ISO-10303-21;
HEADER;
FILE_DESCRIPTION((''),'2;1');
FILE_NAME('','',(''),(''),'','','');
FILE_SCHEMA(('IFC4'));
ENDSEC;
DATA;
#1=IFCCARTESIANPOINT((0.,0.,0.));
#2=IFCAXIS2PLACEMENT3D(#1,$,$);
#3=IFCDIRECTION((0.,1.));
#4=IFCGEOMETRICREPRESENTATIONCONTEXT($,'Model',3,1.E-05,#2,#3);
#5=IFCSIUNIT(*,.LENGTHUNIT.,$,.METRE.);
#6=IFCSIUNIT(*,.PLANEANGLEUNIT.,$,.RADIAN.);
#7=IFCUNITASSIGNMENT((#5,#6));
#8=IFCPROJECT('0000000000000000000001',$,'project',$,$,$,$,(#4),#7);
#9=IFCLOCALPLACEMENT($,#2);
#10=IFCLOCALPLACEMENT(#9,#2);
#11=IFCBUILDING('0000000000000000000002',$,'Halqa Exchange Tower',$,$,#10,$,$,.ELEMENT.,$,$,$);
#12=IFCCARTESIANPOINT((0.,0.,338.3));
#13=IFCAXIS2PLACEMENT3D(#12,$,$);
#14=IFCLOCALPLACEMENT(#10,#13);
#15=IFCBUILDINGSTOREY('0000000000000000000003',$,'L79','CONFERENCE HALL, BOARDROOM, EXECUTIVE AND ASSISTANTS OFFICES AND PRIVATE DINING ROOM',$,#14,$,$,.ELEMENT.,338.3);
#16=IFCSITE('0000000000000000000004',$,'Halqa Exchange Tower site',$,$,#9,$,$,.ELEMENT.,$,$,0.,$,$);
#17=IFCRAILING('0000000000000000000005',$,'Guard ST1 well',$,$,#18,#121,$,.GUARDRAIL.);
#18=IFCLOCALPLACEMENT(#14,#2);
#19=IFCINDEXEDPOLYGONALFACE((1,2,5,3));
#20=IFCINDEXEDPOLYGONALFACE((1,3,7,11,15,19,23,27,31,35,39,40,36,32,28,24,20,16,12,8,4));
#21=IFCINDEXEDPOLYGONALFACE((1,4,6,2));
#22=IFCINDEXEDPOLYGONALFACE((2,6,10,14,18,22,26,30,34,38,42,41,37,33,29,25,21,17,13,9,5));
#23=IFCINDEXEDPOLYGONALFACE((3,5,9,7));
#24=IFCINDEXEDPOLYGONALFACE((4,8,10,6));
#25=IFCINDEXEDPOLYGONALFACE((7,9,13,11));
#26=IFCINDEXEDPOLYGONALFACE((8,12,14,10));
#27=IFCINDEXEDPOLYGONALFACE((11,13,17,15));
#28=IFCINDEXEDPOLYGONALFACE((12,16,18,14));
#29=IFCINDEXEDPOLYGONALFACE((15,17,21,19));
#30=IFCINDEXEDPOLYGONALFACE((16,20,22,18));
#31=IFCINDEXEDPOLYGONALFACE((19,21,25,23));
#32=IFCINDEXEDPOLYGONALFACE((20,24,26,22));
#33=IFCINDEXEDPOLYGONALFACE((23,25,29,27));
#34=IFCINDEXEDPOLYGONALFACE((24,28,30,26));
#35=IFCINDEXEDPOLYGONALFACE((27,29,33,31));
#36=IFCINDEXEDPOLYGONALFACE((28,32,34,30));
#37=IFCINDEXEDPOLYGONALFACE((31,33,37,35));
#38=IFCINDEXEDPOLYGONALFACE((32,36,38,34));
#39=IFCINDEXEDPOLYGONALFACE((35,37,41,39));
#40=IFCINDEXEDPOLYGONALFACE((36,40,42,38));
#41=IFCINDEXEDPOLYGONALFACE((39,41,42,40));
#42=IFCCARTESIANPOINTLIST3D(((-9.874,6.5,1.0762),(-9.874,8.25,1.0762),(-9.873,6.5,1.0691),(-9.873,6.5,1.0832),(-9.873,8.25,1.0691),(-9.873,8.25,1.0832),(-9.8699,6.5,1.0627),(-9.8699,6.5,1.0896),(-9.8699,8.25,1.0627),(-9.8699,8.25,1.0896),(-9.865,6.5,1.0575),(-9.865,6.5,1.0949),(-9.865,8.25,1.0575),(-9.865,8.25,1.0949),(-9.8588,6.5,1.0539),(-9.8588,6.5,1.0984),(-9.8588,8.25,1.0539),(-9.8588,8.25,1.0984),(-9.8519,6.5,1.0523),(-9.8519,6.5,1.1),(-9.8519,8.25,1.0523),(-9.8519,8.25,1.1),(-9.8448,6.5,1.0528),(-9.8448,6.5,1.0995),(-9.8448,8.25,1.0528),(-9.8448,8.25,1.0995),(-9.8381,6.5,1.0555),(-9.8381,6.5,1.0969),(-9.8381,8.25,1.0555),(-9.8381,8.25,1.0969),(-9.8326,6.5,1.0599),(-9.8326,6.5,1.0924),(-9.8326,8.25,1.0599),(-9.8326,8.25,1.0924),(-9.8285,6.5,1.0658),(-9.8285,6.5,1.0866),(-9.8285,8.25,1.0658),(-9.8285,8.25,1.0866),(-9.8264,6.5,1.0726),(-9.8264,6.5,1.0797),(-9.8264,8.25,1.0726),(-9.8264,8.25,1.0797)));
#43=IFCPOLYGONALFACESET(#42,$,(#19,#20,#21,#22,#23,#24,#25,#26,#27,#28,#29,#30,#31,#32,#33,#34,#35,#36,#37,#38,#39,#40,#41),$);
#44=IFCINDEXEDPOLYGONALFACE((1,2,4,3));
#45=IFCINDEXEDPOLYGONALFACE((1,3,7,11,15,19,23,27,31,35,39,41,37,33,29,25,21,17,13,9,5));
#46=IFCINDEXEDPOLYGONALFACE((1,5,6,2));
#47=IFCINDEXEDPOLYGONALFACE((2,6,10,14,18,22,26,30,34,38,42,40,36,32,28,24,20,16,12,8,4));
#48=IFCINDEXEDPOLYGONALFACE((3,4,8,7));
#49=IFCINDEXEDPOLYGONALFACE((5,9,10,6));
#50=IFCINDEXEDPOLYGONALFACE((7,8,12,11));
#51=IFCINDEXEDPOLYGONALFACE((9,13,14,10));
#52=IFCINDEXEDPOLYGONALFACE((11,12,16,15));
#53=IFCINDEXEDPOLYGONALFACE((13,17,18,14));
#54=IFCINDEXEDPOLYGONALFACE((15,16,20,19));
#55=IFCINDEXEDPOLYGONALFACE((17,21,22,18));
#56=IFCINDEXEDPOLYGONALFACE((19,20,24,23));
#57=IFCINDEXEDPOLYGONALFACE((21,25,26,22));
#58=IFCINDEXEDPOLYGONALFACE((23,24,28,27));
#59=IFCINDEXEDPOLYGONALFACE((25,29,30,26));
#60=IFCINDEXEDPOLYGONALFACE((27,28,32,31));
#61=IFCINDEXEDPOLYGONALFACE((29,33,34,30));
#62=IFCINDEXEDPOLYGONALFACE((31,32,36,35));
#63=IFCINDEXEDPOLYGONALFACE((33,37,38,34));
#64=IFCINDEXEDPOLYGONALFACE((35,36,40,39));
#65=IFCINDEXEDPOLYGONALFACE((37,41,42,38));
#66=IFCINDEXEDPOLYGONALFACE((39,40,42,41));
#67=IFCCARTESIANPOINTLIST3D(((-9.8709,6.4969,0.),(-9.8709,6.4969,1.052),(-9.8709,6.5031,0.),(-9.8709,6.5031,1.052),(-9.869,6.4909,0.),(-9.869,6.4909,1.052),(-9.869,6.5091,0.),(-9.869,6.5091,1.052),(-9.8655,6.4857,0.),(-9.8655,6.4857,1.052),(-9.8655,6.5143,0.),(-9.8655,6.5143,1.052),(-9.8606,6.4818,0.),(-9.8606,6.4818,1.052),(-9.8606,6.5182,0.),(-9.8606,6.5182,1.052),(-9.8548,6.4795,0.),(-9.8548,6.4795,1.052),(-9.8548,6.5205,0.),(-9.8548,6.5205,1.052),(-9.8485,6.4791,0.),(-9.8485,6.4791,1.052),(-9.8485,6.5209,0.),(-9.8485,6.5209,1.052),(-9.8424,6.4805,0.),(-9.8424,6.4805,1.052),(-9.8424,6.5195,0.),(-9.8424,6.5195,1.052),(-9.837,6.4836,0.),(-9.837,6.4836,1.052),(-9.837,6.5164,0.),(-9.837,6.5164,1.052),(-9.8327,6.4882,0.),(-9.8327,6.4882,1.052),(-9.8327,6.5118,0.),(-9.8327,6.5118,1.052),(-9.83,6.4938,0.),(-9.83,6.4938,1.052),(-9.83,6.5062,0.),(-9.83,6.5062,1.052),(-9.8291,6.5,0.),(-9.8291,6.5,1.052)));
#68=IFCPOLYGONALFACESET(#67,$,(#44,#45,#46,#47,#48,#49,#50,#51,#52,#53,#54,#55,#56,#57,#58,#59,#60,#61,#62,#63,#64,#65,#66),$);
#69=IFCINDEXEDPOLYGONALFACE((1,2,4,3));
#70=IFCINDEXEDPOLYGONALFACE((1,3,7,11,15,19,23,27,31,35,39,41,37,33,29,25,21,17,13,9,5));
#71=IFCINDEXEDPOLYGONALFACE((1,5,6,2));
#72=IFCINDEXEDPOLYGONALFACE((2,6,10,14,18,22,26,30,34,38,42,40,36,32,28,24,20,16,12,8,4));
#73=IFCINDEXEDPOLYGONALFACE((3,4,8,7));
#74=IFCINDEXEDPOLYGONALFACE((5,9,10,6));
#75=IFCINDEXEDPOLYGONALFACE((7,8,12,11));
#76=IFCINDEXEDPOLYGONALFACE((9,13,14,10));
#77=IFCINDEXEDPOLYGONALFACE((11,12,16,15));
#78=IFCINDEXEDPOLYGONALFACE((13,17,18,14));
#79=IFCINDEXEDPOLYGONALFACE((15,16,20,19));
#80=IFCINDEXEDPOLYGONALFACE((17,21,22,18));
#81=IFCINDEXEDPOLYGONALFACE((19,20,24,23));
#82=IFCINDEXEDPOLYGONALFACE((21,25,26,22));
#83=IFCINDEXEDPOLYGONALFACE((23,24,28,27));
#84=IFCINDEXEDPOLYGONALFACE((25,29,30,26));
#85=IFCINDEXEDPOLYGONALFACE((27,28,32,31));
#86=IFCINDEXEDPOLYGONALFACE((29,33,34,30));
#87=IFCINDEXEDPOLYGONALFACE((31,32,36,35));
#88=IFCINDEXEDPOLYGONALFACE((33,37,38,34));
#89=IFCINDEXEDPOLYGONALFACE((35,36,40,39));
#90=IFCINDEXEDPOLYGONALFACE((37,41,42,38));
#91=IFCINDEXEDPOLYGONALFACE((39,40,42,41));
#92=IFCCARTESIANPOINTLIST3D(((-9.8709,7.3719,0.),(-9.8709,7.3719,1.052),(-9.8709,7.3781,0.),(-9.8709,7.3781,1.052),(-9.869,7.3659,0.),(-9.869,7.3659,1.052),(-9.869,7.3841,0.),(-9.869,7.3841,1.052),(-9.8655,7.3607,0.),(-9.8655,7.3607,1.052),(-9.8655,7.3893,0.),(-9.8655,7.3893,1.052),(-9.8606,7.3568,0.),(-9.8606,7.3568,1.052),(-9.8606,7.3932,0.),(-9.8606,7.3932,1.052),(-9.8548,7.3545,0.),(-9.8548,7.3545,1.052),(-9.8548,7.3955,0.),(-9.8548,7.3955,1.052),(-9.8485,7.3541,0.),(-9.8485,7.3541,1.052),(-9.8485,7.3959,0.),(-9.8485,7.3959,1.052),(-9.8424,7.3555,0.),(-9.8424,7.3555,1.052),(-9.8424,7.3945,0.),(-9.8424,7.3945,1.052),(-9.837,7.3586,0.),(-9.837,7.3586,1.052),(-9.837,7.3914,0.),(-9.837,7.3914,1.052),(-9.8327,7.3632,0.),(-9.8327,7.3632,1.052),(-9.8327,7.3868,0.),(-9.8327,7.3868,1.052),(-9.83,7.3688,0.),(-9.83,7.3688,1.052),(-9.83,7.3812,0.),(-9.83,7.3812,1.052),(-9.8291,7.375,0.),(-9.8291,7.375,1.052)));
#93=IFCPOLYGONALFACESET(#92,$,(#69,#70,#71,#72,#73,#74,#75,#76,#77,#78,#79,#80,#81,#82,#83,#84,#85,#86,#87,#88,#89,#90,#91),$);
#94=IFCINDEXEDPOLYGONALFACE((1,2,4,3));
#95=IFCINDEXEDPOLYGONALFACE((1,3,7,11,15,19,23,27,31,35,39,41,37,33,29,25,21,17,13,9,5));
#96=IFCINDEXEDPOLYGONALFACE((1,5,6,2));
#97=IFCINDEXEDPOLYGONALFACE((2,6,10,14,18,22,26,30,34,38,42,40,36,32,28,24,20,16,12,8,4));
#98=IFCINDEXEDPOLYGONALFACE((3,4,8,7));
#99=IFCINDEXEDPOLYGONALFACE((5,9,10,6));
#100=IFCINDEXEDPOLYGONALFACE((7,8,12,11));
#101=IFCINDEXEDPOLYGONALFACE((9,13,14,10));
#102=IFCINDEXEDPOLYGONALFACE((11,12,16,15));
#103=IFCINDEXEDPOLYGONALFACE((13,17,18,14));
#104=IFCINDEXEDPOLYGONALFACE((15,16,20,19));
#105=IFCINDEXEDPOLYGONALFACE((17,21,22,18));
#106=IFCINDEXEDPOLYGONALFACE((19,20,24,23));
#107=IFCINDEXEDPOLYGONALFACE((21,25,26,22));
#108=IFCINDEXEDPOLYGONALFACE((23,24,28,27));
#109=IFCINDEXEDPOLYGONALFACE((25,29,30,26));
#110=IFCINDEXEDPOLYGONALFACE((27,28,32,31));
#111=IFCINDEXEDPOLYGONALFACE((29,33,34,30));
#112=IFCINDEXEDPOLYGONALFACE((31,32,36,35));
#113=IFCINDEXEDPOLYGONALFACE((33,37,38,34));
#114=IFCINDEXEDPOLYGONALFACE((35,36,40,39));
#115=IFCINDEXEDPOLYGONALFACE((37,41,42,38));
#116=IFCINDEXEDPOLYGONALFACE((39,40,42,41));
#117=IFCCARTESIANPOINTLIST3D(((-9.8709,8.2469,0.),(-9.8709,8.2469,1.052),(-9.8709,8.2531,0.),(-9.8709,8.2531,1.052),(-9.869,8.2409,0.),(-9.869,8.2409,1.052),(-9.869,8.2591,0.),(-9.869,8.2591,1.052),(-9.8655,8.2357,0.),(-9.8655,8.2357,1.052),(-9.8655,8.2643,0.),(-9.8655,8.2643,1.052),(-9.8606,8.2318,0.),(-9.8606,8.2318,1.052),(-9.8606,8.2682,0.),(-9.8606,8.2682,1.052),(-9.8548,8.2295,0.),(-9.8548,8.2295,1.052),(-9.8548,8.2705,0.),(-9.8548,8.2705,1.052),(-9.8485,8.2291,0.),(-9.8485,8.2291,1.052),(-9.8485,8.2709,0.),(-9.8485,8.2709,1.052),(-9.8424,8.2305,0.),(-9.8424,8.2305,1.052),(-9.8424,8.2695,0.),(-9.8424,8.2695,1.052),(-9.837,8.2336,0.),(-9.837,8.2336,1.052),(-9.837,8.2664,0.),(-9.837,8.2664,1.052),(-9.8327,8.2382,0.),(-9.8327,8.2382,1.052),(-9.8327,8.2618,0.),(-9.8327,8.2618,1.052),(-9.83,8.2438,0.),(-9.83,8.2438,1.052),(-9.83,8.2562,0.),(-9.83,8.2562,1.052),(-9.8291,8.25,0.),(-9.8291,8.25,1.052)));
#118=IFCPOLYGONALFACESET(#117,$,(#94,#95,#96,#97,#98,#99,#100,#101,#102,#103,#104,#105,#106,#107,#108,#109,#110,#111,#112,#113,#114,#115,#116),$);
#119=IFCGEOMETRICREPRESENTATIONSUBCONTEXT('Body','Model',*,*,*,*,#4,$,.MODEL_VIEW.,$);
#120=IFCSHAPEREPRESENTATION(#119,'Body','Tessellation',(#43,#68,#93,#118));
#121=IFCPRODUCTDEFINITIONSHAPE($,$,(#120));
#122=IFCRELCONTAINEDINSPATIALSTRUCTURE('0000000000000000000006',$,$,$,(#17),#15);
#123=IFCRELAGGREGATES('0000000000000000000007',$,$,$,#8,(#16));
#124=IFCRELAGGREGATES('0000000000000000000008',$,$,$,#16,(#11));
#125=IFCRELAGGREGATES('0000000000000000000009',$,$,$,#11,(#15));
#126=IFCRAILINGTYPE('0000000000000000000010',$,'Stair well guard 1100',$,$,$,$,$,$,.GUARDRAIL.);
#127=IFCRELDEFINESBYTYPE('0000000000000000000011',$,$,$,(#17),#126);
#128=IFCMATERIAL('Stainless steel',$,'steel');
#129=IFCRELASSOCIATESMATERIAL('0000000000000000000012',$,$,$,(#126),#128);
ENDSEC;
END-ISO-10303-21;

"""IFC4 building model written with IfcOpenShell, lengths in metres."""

from ifc_helpers import new_model, si_unit, direction, frame, origin, origin_2d, place, context, subcontext, project, spatial, circle, extrude, material, type_object, element, save


model = new_model("IFC4")

# Units and contexts
model_context = context("Model", 3, precision=1e-05, world=origin(), true_north=direction((0.0, 1.0)))
body_context = subcontext(model_context, "Body", "Model", "MODEL_VIEW")
ifc_project = project(units=[si_unit("LENGTHUNIT", "METRE"), si_unit("PLANEANGLEUNIT", "RADIAN")], contexts=[model_context])

# Site, building, storey
site_placement = place(None, origin())
site = spatial("IfcSite", under=ifc_project, at=site_placement, Name="Halqa Exchange Tower site", CompositionType="ELEMENT", RefElevation=0.0)
building_placement = place(site_placement, origin())
building = spatial("IfcBuilding", under=site, at=building_placement, Name="Halqa Exchange Tower", CompositionType="ELEMENT")
storey_placement = place(building_placement, frame((0.0, 0.0, 338.3)))
storey = spatial("IfcBuildingStorey", under=building, at=storey_placement, Name="L79", Description="CONFERENCE HALL, BOARDROOM, EXECUTIVE AND ASSISTANTS OFFICES AND PRIVATE DINING ROOM", CompositionType="ELEMENT", Elevation=338.3)

# Shared definitions
ifc_material_1 = material(Name="Stainless steel", Category="steel")

# Railing
railing_type_1 = type_object("IfcRailingType", Name="Stair well guard 1100", PredefinedType="GUARDRAIL", material=ifc_material_1)
railing_1_placement = place(storey_placement, frame((-9.8501, 6.5, 0.0)))
element("IfcRailing", 1, at=railing_1_placement, inside=storey, type_object=railing_type_1, Name="Guard ST1 well", PredefinedType="GUARDRAIL", context=body_context, shape_type="SweptSolid", body=[
    extrude(circle(Radius=0.0239, at=origin_2d()), frame((0.0, 0.0, 1.0762), z_axis=(0.0, 1.0, 0.0), x_axis=(-1.0, 0.0, 0.0)), (0.0, 0.0, 1.0), 1.75),
    extrude(circle(Radius=0.021, at=origin_2d()), origin(), (0.0, 0.0, 1.0), 1.052),
    extrude(circle(Radius=0.021, at=origin_2d()), frame((0.0, 0.875, 0.0)), (0.0, 0.0, 1.0), 1.052),
    extrude(circle(Radius=0.021, at=origin_2d()), frame((0.0, 1.75, 0.0)), (0.0, 0.0, 1.0), 1.052),
])

save(model, "model.ifc")
